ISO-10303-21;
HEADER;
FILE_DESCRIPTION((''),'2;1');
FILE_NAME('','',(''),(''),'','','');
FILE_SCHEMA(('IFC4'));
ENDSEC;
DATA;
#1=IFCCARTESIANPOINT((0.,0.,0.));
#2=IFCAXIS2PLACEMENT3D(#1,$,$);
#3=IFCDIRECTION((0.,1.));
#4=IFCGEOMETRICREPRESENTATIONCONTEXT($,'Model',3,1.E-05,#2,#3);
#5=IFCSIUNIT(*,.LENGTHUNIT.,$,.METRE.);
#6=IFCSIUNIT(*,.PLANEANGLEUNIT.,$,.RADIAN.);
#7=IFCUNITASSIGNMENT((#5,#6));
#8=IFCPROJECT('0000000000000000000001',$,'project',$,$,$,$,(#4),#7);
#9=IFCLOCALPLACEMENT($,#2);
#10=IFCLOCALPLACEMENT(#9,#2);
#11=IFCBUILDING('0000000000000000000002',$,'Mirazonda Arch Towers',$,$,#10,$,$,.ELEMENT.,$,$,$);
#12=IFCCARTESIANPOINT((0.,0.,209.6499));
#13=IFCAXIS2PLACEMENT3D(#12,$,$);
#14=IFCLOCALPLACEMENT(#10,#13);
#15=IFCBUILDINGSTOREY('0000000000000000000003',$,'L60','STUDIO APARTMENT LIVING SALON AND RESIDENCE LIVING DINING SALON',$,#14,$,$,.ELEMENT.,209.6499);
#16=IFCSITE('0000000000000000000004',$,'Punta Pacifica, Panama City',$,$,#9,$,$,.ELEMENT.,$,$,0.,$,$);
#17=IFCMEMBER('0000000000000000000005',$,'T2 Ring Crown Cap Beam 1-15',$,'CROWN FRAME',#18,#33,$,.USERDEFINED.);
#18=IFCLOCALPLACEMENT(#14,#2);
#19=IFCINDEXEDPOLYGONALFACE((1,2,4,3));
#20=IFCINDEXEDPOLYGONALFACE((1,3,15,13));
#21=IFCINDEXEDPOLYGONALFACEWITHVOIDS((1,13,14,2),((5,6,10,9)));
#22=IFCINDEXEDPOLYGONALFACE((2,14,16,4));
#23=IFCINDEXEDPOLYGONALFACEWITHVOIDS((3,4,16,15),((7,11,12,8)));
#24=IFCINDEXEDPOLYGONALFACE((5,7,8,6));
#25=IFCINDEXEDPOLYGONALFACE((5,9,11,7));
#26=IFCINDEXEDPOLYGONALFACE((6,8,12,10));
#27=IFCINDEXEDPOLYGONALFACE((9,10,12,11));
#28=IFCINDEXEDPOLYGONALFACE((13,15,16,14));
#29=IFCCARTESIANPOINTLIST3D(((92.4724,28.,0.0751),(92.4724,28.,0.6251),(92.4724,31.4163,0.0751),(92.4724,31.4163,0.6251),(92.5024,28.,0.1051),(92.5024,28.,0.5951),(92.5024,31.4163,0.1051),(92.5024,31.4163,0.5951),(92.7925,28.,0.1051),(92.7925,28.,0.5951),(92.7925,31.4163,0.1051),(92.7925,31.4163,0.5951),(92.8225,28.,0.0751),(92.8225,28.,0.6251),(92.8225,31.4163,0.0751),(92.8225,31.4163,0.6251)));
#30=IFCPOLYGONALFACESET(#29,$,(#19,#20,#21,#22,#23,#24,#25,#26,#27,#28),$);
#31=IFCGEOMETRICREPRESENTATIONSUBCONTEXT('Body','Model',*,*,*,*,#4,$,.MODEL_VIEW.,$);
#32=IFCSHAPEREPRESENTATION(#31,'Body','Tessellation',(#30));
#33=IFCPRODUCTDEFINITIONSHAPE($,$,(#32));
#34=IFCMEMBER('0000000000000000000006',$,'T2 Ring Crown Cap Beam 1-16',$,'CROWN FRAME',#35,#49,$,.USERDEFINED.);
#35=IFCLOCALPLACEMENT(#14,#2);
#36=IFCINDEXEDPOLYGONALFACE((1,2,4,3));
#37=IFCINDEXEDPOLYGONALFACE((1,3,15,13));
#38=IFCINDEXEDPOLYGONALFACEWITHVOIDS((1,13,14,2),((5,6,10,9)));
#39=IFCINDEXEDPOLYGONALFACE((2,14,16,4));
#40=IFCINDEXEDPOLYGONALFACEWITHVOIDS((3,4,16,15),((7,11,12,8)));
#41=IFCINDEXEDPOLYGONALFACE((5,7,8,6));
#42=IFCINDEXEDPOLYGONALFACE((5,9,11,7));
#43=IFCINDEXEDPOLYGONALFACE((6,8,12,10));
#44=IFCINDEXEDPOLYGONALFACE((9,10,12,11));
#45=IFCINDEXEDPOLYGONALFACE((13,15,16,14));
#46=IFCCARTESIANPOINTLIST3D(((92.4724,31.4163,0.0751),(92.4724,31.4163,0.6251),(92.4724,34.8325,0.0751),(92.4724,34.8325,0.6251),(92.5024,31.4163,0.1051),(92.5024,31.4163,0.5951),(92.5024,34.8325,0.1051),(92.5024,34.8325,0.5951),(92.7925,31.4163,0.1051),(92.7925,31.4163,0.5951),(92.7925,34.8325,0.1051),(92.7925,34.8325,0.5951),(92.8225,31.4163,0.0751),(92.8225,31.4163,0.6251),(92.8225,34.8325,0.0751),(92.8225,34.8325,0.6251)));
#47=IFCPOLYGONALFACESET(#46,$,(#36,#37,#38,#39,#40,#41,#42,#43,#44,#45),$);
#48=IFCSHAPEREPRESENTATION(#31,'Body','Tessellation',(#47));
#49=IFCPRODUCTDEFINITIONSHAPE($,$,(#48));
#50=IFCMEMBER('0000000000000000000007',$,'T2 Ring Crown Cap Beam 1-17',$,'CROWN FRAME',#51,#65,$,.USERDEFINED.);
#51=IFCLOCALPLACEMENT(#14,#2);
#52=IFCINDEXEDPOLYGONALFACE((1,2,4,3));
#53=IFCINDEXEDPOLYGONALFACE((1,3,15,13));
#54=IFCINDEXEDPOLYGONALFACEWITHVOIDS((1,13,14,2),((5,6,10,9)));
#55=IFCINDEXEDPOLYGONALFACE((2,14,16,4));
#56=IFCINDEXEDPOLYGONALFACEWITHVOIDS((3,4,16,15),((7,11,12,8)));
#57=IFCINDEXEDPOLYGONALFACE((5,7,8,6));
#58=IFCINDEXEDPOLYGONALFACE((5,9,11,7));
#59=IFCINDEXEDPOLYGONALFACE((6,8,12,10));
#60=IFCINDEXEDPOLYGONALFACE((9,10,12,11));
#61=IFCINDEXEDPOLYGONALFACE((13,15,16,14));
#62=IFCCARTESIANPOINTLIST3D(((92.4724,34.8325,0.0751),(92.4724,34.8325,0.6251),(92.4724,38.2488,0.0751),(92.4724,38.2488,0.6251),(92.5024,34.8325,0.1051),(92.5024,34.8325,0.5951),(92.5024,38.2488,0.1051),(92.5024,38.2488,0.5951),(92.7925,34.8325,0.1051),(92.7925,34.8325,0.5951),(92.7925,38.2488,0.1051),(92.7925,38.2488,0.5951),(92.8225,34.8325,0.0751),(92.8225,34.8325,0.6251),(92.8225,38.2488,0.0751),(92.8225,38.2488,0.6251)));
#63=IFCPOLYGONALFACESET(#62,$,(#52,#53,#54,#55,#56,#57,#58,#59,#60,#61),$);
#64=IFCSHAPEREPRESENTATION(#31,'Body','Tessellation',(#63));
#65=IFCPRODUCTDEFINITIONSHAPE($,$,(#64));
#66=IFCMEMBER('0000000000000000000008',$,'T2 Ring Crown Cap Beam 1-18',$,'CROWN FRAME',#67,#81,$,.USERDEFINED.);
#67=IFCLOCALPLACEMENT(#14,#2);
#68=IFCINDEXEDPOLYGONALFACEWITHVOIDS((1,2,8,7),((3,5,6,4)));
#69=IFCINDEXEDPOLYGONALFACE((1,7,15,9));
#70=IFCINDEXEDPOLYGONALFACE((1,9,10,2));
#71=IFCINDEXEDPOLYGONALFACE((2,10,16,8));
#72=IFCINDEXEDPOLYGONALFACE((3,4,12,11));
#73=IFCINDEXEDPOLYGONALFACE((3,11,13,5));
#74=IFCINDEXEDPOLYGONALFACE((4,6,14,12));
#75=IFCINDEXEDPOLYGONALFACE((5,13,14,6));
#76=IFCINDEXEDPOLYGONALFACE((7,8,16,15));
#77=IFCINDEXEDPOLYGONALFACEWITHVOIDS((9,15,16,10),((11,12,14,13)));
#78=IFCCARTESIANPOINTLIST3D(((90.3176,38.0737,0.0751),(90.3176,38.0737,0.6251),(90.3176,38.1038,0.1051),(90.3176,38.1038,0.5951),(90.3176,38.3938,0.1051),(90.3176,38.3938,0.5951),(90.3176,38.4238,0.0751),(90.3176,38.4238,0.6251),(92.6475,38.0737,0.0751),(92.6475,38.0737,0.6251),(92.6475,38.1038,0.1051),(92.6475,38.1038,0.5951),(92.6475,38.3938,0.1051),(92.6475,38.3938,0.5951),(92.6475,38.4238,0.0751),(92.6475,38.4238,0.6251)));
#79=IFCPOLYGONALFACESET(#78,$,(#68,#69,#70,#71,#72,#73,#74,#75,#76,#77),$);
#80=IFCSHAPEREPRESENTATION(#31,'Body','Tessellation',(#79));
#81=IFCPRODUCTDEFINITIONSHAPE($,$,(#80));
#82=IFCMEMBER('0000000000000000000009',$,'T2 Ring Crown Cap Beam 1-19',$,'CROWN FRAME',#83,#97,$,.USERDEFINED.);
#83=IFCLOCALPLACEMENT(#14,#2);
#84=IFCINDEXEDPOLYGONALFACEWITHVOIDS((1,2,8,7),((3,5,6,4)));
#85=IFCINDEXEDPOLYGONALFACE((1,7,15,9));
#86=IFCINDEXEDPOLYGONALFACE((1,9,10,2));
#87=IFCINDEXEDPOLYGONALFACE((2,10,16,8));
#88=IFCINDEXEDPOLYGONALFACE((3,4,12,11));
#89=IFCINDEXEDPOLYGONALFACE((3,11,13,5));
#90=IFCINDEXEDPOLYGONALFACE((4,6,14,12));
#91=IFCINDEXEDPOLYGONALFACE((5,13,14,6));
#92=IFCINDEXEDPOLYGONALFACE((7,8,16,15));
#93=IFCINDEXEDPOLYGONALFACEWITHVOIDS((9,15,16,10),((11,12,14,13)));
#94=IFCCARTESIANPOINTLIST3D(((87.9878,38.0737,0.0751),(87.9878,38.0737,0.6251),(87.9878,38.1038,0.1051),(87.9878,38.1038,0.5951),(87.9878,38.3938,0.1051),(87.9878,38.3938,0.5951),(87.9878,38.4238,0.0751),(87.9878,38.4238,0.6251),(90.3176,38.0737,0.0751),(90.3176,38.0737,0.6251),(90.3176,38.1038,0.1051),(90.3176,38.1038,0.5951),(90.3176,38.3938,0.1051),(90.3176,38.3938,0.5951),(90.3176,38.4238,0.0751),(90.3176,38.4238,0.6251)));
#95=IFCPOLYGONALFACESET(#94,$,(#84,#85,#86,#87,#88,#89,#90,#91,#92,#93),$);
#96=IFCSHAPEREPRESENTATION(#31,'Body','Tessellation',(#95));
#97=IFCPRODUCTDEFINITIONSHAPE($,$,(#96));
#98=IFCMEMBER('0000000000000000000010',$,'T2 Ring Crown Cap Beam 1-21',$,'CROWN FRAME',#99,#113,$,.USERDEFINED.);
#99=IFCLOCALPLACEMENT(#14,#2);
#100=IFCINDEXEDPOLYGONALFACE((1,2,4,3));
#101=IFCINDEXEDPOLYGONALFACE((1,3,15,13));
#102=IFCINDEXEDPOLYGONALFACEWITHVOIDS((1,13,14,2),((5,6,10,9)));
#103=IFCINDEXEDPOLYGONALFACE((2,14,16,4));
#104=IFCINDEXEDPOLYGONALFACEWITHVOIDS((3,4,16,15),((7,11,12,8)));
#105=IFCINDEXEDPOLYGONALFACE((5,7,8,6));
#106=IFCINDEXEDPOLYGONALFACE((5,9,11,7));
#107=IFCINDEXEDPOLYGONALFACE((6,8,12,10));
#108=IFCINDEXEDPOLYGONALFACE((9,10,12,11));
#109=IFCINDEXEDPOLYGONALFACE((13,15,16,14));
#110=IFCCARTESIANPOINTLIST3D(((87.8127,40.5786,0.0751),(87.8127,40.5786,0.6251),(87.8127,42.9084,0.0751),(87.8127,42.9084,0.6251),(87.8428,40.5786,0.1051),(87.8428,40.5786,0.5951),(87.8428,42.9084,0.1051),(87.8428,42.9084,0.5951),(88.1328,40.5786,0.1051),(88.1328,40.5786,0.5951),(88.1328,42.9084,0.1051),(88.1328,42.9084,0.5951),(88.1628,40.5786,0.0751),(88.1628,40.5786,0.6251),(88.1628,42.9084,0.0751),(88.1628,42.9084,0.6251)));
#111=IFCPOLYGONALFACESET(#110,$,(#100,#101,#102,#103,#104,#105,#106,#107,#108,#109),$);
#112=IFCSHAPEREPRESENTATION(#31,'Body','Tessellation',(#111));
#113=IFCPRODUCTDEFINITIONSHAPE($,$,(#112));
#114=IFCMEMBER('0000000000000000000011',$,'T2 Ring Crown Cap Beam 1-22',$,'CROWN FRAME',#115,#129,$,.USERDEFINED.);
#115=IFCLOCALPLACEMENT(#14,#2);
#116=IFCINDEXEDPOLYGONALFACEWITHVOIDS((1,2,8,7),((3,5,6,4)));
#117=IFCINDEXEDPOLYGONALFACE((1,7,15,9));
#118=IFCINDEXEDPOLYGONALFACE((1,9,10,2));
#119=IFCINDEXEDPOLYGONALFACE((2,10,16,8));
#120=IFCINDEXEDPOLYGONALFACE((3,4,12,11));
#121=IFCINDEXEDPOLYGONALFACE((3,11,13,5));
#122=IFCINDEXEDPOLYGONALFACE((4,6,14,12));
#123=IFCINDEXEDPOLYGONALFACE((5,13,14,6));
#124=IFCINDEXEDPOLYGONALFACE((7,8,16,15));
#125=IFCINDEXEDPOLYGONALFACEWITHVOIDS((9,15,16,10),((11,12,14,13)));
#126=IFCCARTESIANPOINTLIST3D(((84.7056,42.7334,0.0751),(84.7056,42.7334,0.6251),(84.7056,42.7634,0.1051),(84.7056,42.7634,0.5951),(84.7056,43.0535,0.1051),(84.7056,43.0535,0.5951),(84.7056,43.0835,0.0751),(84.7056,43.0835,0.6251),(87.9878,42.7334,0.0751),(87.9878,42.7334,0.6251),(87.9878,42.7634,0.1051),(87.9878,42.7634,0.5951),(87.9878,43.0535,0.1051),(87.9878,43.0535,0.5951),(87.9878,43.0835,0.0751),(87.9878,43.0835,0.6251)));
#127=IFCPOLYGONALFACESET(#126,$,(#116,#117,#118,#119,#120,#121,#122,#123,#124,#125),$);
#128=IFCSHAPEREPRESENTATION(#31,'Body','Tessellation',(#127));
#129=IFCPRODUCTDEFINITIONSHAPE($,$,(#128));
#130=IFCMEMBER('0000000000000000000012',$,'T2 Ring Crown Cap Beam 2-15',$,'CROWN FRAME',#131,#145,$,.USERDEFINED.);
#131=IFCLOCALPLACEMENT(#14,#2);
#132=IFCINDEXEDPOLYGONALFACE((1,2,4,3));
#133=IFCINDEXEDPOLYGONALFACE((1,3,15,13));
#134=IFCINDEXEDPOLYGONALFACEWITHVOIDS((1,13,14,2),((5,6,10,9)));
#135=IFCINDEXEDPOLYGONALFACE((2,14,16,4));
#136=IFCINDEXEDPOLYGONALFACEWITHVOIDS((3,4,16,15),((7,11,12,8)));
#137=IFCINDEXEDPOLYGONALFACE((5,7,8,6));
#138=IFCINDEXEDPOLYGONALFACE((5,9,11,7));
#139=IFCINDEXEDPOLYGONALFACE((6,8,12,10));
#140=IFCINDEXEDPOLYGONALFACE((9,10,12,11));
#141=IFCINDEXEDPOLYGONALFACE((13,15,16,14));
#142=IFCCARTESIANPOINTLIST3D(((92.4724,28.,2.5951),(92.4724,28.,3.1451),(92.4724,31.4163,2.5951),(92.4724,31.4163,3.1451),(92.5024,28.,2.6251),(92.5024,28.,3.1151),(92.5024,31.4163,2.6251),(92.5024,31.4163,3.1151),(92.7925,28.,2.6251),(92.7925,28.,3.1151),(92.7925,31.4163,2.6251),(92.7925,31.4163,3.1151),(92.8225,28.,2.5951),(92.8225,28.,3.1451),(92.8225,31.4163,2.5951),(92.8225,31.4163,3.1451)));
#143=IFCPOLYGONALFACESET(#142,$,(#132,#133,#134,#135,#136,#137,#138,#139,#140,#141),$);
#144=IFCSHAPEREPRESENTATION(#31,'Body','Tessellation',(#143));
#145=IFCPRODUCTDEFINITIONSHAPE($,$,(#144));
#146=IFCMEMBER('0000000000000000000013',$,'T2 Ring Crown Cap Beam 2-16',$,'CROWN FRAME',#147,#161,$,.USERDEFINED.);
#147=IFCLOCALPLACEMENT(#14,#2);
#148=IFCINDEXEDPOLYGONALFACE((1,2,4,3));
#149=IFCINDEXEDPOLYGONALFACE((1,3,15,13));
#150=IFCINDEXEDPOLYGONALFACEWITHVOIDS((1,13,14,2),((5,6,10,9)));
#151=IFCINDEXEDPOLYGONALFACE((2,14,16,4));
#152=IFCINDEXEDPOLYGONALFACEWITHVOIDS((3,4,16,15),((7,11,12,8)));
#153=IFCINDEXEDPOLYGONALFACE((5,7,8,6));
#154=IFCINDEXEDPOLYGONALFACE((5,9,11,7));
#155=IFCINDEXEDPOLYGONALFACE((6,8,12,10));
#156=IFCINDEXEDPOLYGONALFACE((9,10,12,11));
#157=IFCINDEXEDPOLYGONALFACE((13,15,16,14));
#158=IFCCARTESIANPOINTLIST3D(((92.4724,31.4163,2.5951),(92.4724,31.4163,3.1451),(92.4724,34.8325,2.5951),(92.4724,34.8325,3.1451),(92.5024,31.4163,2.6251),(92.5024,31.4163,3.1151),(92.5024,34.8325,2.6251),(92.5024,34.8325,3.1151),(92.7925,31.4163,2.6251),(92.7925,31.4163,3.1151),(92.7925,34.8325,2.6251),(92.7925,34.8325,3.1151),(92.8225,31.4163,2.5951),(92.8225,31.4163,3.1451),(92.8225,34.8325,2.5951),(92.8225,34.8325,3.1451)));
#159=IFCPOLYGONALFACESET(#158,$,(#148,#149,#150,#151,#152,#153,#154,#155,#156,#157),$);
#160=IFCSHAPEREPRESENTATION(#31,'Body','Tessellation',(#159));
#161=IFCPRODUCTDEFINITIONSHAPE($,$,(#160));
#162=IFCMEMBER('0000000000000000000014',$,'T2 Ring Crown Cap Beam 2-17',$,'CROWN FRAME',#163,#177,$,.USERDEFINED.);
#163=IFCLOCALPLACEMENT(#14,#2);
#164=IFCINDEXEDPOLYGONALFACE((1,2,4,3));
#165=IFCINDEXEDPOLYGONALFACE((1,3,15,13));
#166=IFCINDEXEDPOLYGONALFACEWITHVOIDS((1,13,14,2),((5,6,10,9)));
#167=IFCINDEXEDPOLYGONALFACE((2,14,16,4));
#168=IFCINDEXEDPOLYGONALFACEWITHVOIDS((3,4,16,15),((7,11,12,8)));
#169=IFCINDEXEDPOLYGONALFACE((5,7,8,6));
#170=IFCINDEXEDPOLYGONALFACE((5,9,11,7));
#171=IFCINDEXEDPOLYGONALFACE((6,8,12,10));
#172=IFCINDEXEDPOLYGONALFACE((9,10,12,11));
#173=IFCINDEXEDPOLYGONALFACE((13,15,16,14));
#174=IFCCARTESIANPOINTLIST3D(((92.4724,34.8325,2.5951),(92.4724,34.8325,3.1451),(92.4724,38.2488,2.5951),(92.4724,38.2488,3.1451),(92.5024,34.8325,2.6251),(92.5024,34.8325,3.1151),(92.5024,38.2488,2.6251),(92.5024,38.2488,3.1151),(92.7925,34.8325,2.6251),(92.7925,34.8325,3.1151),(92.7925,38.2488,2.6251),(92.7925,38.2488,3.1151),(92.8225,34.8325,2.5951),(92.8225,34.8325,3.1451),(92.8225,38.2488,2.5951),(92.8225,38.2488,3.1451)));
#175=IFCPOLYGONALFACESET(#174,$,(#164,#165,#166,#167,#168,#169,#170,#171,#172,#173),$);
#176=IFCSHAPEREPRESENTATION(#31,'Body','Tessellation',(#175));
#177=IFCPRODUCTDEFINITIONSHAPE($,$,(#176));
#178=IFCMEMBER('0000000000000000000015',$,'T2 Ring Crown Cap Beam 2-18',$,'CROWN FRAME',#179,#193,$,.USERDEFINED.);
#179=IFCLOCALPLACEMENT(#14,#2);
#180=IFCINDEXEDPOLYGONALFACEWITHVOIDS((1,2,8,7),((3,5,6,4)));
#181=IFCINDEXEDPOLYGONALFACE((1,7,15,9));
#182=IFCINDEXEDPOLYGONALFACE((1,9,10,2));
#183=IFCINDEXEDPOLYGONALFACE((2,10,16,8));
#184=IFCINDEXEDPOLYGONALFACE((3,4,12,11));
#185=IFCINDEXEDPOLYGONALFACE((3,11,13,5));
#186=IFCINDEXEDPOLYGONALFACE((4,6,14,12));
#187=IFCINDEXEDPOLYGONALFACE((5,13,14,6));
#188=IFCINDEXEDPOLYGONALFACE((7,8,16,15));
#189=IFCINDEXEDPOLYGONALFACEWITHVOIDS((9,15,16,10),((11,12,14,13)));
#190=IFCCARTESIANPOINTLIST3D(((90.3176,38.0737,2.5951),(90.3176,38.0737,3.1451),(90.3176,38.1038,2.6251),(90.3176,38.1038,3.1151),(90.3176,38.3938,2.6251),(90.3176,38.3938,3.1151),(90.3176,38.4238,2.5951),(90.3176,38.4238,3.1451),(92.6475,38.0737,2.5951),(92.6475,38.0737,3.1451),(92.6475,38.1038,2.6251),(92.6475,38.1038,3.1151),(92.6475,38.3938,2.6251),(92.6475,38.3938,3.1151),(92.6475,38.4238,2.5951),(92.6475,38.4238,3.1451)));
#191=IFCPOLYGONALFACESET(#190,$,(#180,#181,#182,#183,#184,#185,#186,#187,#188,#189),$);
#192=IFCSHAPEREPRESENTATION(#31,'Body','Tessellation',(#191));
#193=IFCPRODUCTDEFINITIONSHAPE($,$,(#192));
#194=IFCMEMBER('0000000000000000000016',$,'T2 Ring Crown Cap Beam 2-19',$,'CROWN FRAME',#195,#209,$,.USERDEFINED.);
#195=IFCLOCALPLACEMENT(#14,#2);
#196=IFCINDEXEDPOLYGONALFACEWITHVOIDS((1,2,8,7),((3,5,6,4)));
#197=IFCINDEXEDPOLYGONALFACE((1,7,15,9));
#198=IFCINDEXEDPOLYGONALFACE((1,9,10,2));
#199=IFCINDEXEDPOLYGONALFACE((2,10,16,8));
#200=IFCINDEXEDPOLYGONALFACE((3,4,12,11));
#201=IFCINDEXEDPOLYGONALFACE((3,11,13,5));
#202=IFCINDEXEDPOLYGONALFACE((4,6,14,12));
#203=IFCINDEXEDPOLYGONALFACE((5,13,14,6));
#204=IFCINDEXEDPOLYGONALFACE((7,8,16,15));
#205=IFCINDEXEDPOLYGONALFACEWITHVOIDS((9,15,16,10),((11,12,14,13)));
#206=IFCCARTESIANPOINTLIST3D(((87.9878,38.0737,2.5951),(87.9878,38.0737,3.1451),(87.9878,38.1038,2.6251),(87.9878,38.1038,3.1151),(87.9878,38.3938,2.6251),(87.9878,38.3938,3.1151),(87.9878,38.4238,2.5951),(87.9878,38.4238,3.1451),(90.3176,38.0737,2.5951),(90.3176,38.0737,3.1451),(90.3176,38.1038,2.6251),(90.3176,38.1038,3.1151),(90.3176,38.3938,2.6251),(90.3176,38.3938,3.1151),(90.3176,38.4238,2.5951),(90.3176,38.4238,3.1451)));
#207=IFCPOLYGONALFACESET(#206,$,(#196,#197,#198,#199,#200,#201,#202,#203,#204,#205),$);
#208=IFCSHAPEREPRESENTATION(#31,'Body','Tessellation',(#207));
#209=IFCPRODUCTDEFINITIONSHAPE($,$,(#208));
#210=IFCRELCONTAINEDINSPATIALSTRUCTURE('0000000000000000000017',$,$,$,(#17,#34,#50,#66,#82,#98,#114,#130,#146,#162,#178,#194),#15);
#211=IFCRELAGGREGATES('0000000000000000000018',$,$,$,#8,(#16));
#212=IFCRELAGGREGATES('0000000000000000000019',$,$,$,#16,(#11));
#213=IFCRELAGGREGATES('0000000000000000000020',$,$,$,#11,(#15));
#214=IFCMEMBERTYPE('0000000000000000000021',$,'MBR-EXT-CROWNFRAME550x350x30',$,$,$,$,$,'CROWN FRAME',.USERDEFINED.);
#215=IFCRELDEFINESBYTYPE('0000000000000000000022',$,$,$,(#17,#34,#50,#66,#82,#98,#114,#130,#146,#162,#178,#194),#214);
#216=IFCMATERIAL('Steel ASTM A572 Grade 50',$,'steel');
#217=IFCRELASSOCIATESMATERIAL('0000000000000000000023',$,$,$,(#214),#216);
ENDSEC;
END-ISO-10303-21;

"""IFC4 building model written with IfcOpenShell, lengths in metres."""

from ifc_helpers import new_model, si_unit, direction, frame, origin, origin_2d, place, context, subcontext, project, spatial, hollow_rectangle, extrude, material, material_profile, profile_set, type_object, element, save


model = new_model("IFC4")

# Units and contexts
model_context = context("Model", 3, precision=1e-05, world=origin(), true_north=direction((0.0, 1.0)))
body_context = subcontext(model_context, "Body", "Model", "MODEL_VIEW")
ifc_project = project(units=[si_unit("LENGTHUNIT", "METRE"), si_unit("PLANEANGLEUNIT", "RADIAN")], contexts=[model_context])

# Site, building, storey
site_placement = place(None, origin())
site = spatial("IfcSite", under=ifc_project, at=site_placement, Name="Punta Pacifica, Panama City", CompositionType="ELEMENT", RefElevation=0.0)
building_placement = place(site_placement, origin())
building = spatial("IfcBuilding", under=site, at=building_placement, Name="Mirazonda Arch Towers", CompositionType="ELEMENT")
storey_placement = place(building_placement, frame((0.0, 0.0, 209.6499)))
storey = spatial("IfcBuildingStorey", under=building, at=storey_placement, Name="L60", Description="STUDIO APARTMENT LIVING SALON AND RESIDENCE LIVING DINING SALON", CompositionType="ELEMENT", Elevation=209.6499)

# Members
ifc_material_1 = material(Name="Steel ASTM A572 Grade 50", Category="steel")
ifc_material_profile_1 = material_profile(ifc_material_1, hollow_rectangle(XDim=0.3501, YDim=0.55, WallThickness=0.03, at=origin_2d()), Name="CROWNFRAME550x350x30")
ifc_profile_set_1 = profile_set([ifc_material_profile_1], Name="Steel ASTM A572 Grade 50")
member_type_1 = type_object("IfcMemberType", Name="MBR-EXT-CROWNFRAME550x350x30", ElementType="CROWN FRAME", PredefinedType="USERDEFINED", material=ifc_profile_set_1)
for number, where, z_axis, x_axis, name in (
    (1, (92.6475, 28.0, 0.3501), (0.0, 1.0, 0.0), (-1.0, 0.0, 0.0), "T2 Ring Crown Cap Beam 1-15"),
    (2, (92.6475, 31.4163, 0.3501), (0.0, 1.0, 0.0), (-1.0, 0.0, 0.0), "T2 Ring Crown Cap Beam 1-16"),
    (3, (92.6475, 34.8325, 0.3501), (0.0, 1.0, 0.0), (-1.0, 0.0, 0.0), "T2 Ring Crown Cap Beam 1-17"),
):
    element("IfcMember", number, at=place(storey_placement, frame(where, z_axis=z_axis, x_axis=x_axis)), inside=storey, type_object=member_type_1, Name=name, ObjectType="CROWN FRAME", PredefinedType="USERDEFINED", context=body_context, shape_type="SweptSolid", body=[
        extrude(hollow_rectangle(XDim=0.3501, YDim=0.55, WallThickness=0.03, at=origin_2d()), origin(), (0.0, 0.0, 1.0), 3.4163),
    ])
for number, where, z_axis, x_axis, name in (
    (4, (92.6475, 38.2488, 0.3501), (-1.0, 0.0, 0.0), (0.0, -1.0, 0.0), "T2 Ring Crown Cap Beam 1-18"),
    (5, (90.3176, 38.2488, 0.3501), (-1.0, 0.0, 0.0), (0.0, -1.0, 0.0), "T2 Ring Crown Cap Beam 1-19"),
    (6, (87.9878, 40.5786, 0.3501), (0.0, 1.0, 0.0), (-1.0, 0.0, 0.0), "T2 Ring Crown Cap Beam 1-21"),
):
    element("IfcMember", number, at=place(storey_placement, frame(where, z_axis=z_axis, x_axis=x_axis)), inside=storey, type_object=member_type_1, Name=name, ObjectType="CROWN FRAME", PredefinedType="USERDEFINED", context=body_context, shape_type="SweptSolid", body=[
        extrude(hollow_rectangle(XDim=0.3501, YDim=0.55, WallThickness=0.03, at=origin_2d()), origin(), (0.0, 0.0, 1.0), 2.3298),
    ])
member_1_placement = place(storey_placement, frame((87.9878, 42.9084, 0.3501), z_axis=(-1.0, 0.0, 0.0), x_axis=(0.0, -1.0, 0.0)))
element("IfcMember", 7, at=member_1_placement, inside=storey, type_object=member_type_1, Name="T2 Ring Crown Cap Beam 1-22", ObjectType="CROWN FRAME", PredefinedType="USERDEFINED", context=body_context, shape_type="SweptSolid", body=[
    extrude(hollow_rectangle(XDim=0.3501, YDim=0.55, WallThickness=0.03, at=origin_2d()), origin(), (0.0, 0.0, 1.0), 3.2822),
])
for number, where, z_axis, x_axis, name in (
    (8, (92.6475, 28.0, 2.8701), (0.0, 1.0, 0.0), (-1.0, 0.0, 0.0), "T2 Ring Crown Cap Beam 2-15"),
    (9, (92.6475, 31.4163, 2.8701), (0.0, 1.0, 0.0), (-1.0, 0.0, 0.0), "T2 Ring Crown Cap Beam 2-16"),
    (10, (92.6475, 34.8325, 2.8701), (0.0, 1.0, 0.0), (-1.0, 0.0, 0.0), "T2 Ring Crown Cap Beam 2-17"),
):
    element("IfcMember", number, at=place(storey_placement, frame(where, z_axis=z_axis, x_axis=x_axis)), inside=storey, type_object=member_type_1, Name=name, ObjectType="CROWN FRAME", PredefinedType="USERDEFINED", context=body_context, shape_type="SweptSolid", body=[
        extrude(hollow_rectangle(XDim=0.3501, YDim=0.55, WallThickness=0.03, at=origin_2d()), origin(), (0.0, 0.0, 1.0), 3.4163),
    ])
for number, where, z_axis, x_axis, name in (
    (11, (92.6475, 38.2488, 2.8701), (-1.0, 0.0, 0.0), (0.0, -1.0, 0.0), "T2 Ring Crown Cap Beam 2-18"),
    (12, (90.3176, 38.2488, 2.8701), (-1.0, 0.0, 0.0), (0.0, -1.0, 0.0), "T2 Ring Crown Cap Beam 2-19"),
):
    element("IfcMember", number, at=place(storey_placement, frame(where, z_axis=z_axis, x_axis=x_axis)), inside=storey, type_object=member_type_1, Name=name, ObjectType="CROWN FRAME", PredefinedType="USERDEFINED", context=body_context, shape_type="SweptSolid", body=[
        extrude(hollow_rectangle(XDim=0.3501, YDim=0.55, WallThickness=0.03, at=origin_2d()), origin(), (0.0, 0.0, 1.0), 2.3298),
    ])

save(model, "model.ifc")
